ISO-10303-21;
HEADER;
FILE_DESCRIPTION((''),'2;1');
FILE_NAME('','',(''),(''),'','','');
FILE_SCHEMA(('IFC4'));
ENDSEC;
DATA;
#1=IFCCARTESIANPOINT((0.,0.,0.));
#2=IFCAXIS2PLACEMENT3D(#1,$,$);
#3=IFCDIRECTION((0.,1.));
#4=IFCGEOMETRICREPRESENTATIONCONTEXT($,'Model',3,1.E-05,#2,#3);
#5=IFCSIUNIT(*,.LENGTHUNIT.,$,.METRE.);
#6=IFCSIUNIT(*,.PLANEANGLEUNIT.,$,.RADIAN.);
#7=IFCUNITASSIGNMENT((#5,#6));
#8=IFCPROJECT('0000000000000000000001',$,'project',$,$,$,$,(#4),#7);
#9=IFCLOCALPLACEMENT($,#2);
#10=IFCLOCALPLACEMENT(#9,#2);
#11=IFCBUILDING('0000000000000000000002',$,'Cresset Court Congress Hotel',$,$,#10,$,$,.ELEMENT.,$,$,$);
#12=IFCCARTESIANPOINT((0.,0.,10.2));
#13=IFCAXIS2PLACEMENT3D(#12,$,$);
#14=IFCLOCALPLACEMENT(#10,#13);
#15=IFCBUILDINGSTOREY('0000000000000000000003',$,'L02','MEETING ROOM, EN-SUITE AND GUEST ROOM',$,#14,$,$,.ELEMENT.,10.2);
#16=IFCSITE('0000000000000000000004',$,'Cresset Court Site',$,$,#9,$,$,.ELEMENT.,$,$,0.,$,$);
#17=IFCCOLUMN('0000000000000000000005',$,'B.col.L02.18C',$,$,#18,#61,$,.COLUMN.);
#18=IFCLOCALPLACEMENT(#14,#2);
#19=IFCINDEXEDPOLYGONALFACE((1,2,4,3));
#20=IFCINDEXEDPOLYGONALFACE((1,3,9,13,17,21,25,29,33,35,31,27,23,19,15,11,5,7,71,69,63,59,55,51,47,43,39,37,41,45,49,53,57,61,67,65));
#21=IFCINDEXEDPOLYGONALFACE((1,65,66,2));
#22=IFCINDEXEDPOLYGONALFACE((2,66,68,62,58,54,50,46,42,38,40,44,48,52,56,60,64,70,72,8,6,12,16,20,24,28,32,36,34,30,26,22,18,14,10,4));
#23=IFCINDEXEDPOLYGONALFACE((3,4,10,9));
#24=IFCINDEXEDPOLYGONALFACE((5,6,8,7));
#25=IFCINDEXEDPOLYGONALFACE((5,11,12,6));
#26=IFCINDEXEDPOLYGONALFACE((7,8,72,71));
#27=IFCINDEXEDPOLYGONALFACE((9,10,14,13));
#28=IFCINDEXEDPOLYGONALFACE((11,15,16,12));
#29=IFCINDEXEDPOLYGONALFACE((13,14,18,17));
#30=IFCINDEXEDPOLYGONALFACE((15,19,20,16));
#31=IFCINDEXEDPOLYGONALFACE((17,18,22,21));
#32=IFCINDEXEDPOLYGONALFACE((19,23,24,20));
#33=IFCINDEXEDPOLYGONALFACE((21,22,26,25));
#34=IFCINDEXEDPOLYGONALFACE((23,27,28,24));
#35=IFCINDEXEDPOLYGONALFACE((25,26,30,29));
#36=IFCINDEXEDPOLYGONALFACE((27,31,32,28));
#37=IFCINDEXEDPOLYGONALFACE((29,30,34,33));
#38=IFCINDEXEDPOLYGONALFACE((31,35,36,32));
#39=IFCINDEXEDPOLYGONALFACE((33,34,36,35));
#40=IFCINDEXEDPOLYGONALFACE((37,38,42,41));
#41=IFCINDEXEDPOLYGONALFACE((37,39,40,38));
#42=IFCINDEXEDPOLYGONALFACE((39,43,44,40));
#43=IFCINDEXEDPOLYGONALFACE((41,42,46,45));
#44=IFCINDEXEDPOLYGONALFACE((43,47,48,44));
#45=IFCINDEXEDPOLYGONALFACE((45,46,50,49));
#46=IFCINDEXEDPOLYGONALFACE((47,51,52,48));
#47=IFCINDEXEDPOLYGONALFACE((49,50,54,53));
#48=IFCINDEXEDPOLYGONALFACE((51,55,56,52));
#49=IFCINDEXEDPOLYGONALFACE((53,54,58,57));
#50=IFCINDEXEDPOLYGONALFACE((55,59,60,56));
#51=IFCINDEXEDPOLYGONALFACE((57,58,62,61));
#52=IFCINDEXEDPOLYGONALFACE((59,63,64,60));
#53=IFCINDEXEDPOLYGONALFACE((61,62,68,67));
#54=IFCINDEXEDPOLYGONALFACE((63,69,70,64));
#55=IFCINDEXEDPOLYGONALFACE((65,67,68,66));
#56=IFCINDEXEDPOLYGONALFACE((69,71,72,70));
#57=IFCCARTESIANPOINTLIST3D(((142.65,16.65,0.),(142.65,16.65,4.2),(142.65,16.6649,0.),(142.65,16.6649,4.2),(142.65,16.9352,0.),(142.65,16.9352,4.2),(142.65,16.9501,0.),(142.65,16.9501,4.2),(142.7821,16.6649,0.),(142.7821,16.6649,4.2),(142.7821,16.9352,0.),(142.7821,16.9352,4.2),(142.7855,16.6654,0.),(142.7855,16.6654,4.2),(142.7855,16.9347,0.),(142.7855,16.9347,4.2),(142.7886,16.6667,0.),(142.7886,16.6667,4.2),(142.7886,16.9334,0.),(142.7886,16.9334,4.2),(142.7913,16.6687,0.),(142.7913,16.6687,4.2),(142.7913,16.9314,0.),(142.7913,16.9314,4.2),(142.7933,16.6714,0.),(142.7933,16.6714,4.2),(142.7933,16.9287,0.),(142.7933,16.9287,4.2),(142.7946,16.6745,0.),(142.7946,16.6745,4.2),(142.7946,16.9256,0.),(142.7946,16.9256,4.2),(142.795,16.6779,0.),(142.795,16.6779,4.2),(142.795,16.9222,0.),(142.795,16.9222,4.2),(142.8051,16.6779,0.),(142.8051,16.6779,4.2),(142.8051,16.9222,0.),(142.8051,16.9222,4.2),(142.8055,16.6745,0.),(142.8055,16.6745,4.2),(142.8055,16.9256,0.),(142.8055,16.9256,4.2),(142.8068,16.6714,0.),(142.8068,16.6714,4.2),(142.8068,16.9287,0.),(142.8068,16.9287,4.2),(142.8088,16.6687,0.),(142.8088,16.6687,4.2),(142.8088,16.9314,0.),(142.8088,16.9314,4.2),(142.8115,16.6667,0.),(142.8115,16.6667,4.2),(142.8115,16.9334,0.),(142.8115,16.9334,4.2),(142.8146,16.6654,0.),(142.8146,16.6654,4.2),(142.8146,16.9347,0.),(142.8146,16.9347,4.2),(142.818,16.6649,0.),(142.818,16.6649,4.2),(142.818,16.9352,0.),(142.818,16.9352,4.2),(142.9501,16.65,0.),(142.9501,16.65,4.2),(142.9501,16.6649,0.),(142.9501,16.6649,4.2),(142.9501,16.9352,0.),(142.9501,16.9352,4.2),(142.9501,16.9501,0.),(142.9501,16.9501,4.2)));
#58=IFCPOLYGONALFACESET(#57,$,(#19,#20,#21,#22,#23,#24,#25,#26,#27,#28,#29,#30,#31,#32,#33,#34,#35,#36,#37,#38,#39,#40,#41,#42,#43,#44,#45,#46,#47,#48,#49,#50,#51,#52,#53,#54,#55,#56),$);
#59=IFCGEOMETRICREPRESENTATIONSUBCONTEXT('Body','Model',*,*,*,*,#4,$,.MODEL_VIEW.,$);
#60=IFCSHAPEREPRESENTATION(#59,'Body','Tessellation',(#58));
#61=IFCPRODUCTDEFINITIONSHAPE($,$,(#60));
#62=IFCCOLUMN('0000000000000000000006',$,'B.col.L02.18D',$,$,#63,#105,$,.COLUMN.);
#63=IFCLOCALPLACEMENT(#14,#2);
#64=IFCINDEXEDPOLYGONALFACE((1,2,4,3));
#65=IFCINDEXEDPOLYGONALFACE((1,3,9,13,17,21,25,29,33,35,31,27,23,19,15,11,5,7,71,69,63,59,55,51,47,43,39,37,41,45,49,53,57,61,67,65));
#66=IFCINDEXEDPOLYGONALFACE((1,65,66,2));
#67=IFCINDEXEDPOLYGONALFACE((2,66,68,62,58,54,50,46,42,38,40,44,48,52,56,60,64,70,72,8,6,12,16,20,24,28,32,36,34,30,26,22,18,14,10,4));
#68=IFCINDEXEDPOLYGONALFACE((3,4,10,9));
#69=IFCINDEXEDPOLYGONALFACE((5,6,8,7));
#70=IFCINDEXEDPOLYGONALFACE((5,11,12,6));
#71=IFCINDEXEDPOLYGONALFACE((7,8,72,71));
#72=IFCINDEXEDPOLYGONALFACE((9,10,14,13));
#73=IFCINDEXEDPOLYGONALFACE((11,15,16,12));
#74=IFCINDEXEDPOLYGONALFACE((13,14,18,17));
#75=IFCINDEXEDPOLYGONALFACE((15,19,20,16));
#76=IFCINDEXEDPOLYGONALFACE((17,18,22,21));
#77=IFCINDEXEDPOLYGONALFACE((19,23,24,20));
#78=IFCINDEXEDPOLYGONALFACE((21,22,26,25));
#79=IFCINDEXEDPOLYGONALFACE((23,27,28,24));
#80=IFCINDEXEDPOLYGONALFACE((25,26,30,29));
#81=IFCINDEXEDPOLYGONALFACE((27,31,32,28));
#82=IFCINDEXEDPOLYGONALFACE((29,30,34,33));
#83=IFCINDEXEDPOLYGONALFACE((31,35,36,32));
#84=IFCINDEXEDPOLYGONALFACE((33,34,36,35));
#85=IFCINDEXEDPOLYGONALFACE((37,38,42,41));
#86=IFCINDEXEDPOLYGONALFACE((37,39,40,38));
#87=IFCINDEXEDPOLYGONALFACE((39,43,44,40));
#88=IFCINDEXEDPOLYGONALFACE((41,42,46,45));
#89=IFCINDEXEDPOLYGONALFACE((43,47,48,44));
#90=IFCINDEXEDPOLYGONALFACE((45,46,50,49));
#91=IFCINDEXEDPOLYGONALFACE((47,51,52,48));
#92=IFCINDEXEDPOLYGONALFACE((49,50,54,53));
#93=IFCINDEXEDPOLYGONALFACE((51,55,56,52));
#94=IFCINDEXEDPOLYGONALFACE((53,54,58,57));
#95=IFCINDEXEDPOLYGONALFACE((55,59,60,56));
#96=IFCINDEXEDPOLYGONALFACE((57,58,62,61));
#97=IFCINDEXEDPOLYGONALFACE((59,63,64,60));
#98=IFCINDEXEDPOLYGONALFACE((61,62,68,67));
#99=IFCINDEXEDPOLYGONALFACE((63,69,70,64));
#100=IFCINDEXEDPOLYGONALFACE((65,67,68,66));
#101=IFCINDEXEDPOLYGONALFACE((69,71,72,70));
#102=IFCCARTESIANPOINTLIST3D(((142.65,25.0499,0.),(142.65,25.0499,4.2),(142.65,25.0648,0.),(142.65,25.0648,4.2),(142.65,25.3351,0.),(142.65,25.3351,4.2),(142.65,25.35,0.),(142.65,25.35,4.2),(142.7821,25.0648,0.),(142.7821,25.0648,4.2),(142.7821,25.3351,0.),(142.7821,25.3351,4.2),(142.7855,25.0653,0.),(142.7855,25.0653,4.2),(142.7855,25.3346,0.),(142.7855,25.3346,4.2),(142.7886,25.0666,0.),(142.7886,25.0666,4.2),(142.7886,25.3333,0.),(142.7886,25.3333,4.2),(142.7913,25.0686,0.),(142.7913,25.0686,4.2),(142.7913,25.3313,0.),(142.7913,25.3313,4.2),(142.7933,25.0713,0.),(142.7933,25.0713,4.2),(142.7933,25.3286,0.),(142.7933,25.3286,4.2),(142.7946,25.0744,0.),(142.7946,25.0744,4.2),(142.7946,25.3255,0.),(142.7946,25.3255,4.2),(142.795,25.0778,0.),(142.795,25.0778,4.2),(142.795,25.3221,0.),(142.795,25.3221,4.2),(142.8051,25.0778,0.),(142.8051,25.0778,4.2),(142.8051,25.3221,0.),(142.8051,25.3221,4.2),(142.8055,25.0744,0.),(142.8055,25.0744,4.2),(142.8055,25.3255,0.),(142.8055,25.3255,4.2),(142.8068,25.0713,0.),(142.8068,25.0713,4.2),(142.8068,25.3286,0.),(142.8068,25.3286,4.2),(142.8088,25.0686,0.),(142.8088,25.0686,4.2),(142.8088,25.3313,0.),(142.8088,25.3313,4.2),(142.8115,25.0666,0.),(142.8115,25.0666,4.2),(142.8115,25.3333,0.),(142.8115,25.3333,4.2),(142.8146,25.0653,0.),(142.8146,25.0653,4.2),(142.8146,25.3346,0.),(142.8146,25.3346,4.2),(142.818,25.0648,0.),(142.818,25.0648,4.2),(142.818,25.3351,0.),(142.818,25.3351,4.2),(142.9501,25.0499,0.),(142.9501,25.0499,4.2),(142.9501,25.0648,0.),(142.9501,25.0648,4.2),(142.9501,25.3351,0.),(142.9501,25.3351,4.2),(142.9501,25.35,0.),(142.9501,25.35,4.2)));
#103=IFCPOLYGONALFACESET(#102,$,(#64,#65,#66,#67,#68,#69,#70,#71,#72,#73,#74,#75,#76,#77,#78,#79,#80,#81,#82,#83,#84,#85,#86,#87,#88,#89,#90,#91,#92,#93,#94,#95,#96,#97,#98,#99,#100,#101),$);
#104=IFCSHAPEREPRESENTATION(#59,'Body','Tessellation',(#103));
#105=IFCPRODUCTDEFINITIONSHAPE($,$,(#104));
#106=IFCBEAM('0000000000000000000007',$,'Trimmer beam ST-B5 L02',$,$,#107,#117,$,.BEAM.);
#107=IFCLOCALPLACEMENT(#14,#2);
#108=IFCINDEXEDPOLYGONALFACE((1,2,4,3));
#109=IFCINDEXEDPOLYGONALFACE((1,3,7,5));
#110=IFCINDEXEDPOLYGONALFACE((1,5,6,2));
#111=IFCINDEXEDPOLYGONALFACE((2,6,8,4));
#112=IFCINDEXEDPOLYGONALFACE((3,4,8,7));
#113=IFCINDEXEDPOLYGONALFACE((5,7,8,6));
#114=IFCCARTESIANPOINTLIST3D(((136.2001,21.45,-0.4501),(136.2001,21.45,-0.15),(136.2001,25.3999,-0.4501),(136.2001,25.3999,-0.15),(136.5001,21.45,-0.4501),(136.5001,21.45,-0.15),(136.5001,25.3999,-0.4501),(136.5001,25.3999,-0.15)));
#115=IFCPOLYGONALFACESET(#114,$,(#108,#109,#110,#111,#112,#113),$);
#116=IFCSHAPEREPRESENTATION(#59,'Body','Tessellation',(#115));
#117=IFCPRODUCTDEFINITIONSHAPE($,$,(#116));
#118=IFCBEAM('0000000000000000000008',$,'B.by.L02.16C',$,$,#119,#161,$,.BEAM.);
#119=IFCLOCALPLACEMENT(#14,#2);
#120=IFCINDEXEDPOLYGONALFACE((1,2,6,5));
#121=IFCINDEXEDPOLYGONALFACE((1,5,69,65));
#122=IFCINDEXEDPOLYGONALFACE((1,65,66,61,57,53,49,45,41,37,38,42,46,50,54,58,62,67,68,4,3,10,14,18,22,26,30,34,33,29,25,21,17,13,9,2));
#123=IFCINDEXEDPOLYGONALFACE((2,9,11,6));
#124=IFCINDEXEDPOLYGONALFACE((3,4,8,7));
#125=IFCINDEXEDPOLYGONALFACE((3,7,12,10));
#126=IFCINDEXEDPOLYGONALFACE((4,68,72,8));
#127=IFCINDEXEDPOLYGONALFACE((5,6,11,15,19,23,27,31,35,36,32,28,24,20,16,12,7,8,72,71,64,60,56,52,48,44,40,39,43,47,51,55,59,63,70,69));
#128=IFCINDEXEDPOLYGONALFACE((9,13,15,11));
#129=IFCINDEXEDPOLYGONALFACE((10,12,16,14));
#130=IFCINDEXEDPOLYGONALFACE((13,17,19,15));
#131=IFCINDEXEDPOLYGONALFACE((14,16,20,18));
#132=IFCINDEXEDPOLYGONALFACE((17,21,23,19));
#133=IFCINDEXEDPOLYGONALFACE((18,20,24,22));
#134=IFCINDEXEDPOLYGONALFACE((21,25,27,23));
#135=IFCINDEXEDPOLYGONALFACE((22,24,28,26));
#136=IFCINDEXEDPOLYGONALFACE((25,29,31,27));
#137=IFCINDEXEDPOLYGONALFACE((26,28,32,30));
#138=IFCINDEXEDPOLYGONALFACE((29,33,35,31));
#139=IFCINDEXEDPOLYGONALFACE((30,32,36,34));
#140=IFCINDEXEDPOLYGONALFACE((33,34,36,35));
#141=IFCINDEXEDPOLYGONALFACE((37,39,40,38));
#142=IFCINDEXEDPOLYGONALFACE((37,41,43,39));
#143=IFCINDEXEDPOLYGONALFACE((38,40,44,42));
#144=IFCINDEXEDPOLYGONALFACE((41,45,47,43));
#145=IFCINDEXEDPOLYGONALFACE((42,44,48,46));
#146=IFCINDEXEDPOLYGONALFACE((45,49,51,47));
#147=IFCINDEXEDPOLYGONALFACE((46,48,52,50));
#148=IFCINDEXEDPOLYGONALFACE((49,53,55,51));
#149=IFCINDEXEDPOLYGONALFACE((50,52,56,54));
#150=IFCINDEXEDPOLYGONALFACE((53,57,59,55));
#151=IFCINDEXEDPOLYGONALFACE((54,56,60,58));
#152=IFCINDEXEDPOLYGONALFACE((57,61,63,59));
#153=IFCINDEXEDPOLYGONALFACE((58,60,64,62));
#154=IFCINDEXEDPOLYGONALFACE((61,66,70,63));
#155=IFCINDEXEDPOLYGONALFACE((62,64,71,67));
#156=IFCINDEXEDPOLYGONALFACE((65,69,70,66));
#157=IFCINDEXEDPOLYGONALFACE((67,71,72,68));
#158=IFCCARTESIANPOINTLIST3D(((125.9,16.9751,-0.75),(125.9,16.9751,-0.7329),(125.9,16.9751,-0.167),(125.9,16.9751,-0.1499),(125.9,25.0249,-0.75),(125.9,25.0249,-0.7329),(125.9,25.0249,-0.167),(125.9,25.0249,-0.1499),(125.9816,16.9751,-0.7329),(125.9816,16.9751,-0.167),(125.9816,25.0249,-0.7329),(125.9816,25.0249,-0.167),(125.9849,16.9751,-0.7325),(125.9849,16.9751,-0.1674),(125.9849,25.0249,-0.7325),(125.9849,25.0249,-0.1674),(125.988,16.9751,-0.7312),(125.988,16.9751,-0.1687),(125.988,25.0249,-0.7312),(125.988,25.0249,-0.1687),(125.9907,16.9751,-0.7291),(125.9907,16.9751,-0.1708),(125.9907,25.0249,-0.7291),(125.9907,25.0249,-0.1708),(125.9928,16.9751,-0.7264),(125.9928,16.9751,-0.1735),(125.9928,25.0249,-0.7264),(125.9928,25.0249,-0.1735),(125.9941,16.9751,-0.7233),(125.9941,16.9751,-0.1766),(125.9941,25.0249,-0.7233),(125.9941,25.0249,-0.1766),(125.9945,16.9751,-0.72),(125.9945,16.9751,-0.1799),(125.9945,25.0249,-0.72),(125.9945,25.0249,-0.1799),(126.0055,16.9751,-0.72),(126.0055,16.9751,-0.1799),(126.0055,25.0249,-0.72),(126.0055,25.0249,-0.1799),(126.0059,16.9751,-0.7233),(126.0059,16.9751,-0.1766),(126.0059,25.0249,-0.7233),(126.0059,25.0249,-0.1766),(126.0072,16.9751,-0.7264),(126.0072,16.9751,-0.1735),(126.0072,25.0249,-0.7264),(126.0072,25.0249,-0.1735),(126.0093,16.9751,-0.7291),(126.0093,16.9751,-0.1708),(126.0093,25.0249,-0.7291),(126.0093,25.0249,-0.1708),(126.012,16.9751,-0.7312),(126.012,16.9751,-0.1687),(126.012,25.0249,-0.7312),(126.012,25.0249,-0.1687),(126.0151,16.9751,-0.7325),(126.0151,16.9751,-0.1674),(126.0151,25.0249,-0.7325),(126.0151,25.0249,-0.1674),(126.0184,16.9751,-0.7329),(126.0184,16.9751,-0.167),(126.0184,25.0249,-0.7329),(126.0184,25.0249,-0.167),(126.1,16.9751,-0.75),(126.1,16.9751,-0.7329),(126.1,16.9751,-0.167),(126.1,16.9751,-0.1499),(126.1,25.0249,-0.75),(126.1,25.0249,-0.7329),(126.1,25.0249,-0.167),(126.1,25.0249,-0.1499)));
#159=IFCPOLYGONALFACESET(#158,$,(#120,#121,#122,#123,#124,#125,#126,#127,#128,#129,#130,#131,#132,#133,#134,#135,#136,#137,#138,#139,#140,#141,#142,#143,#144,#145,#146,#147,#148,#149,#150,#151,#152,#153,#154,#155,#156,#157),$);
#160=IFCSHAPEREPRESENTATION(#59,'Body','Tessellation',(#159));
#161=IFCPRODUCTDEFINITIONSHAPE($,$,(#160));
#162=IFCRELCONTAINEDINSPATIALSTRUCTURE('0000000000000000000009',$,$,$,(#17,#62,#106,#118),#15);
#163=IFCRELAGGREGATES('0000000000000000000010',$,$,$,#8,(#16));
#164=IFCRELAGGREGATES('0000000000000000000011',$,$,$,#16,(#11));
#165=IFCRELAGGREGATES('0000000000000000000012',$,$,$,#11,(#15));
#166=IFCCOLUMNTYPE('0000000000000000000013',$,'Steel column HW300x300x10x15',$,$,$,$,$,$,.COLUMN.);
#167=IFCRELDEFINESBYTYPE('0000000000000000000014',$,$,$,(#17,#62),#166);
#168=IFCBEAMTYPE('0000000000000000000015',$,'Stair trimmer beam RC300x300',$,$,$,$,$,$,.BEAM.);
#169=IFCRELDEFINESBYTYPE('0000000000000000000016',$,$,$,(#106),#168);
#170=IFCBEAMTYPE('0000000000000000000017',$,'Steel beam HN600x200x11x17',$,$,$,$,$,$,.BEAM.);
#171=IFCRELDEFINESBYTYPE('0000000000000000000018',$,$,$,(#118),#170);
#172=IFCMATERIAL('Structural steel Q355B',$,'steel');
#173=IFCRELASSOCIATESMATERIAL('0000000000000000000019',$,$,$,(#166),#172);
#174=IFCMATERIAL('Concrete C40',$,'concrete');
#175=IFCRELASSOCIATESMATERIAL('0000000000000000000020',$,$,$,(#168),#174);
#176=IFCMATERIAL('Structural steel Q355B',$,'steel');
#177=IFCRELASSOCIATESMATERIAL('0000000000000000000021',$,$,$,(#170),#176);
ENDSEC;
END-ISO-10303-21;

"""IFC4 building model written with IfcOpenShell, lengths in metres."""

from ifc_helpers import new_model, si_unit, direction, frame, origin, origin_2d, place, context, subcontext, project, spatial, rectangle, i_section, extrude, material, material_profile, profile_set, type_object, element, save


model = new_model("IFC4")

# Units and contexts
model_context = context("Model", 3, precision=1e-05, world=origin(), true_north=direction((0.0, 1.0)))
body_context = subcontext(model_context, "Body", "Model", "MODEL_VIEW")
ifc_project = project(units=[si_unit("LENGTHUNIT", "METRE"), si_unit("PLANEANGLEUNIT", "RADIAN")], contexts=[model_context])

# Site, building, storey
site_placement = place(None, origin())
site = spatial("IfcSite", under=ifc_project, at=site_placement, Name="Cresset Court Site", CompositionType="ELEMENT", RefElevation=0.0)
building_placement = place(site_placement, origin())
building = spatial("IfcBuilding", under=site, at=building_placement, Name="Cresset Court Congress Hotel", CompositionType="ELEMENT")
storey_placement = place(building_placement, frame((0.0, 0.0, 10.2)))
storey = spatial("IfcBuildingStorey", under=building, at=storey_placement, Name="L02", Description="MEETING ROOM, EN-SUITE AND GUEST ROOM", CompositionType="ELEMENT", Elevation=10.2)

# Columns
ifc_material_1 = material(Name="Structural steel Q355B", Category="steel")
ifc_material_profile_1 = material_profile(ifc_material_1, i_section(OverallWidth=0.3, OverallDepth=0.3, WebThickness=0.01, FlangeThickness=0.0149, FilletRadius=0.0129, at=origin_2d()), Name="HW300x300x10x15")
ifc_profile_set_1 = profile_set([ifc_material_profile_1], Name="Structural steel Q355B")
column_type = type_object("IfcColumnType", Name="Steel column HW300x300x10x15", PredefinedType="COLUMN", material=ifc_profile_set_1)
for number, where, z_axis, x_axis, name in (
    (1, (142.8, 16.8, 0.0), (0.0, 0.0, 1.0), (1.0, 0.0, 0.0), "B.col.L02.18C"),
    (2, (142.8, 25.2, 0.0), (0.0, 0.0, 1.0), (1.0, 0.0, 0.0), "B.col.L02.18D"),
):
    element("IfcColumn", number, at=place(storey_placement, frame(where, z_axis=z_axis, x_axis=x_axis)), inside=storey, type_object=column_type, Name=name, PredefinedType="COLUMN", context=body_context, shape_type="SweptSolid", body=[
        extrude(i_section(OverallWidth=0.3, OverallDepth=0.3, WebThickness=0.01, FlangeThickness=0.0149, FilletRadius=0.0129, at=origin_2d()), origin(), (0.0, 0.0, 1.0), 4.2),
    ])

# Beams
ifc_material_2 = material(Name="Concrete C40", Category="concrete")
ifc_material_profile_2 = material_profile(ifc_material_2, rectangle(XDim=0.3, YDim=0.3, at=origin_2d()), Name="RC300x300")
ifc_profile_set_2 = profile_set([ifc_material_profile_2], Name="Concrete C40")
beam_type_1 = type_object("IfcBeamType", Name="Stair trimmer beam RC300x300", PredefinedType="BEAM", material=ifc_profile_set_2)
beam_1_placement = place(storey_placement, frame((136.3501, 21.45, -0.3), z_axis=(0.0, 1.0, 0.0), x_axis=(-1.0, 0.0, 0.0)))
element("IfcBeam", 3, at=beam_1_placement, inside=storey, type_object=beam_type_1, Name="Trimmer beam ST-B5 L02", PredefinedType="BEAM", context=body_context, shape_type="SweptSolid", body=[
    extrude(rectangle(XDim=0.3, YDim=0.3, at=origin_2d()), origin(), (0.0, 0.0, 1.0), 3.95),
])
ifc_material_3 = material(Name="Structural steel Q355B", Category="steel")
ifc_material_profile_3 = material_profile(ifc_material_3, i_section(OverallWidth=0.2, OverallDepth=0.6001, WebThickness=0.011, FlangeThickness=0.0171, FilletRadius=0.0129, at=origin_2d()), Name="HN600x200x11x17")
ifc_profile_set_3 = profile_set([ifc_material_profile_3], Name="Structural steel Q355B")
beam_type_2 = type_object("IfcBeamType", Name="Steel beam HN600x200x11x17", PredefinedType="BEAM", material=ifc_profile_set_3)
beam_2_placement = place(storey_placement, frame((126.0, 16.9751, -0.45), z_axis=(0.0, 1.0, 0.0), x_axis=(-1.0, 0.0, 0.0)))
element("IfcBeam", 4, at=beam_2_placement, inside=storey, type_object=beam_type_2, Name="B.by.L02.16C", PredefinedType="BEAM", context=body_context, shape_type="SweptSolid", body=[
    extrude(i_section(OverallWidth=0.2, OverallDepth=0.6001, WebThickness=0.011, FlangeThickness=0.0171, FilletRadius=0.0129, at=origin_2d()), origin(), (0.0, 0.0, 1.0), 8.0498),
])

save(model, "model.ifc")
